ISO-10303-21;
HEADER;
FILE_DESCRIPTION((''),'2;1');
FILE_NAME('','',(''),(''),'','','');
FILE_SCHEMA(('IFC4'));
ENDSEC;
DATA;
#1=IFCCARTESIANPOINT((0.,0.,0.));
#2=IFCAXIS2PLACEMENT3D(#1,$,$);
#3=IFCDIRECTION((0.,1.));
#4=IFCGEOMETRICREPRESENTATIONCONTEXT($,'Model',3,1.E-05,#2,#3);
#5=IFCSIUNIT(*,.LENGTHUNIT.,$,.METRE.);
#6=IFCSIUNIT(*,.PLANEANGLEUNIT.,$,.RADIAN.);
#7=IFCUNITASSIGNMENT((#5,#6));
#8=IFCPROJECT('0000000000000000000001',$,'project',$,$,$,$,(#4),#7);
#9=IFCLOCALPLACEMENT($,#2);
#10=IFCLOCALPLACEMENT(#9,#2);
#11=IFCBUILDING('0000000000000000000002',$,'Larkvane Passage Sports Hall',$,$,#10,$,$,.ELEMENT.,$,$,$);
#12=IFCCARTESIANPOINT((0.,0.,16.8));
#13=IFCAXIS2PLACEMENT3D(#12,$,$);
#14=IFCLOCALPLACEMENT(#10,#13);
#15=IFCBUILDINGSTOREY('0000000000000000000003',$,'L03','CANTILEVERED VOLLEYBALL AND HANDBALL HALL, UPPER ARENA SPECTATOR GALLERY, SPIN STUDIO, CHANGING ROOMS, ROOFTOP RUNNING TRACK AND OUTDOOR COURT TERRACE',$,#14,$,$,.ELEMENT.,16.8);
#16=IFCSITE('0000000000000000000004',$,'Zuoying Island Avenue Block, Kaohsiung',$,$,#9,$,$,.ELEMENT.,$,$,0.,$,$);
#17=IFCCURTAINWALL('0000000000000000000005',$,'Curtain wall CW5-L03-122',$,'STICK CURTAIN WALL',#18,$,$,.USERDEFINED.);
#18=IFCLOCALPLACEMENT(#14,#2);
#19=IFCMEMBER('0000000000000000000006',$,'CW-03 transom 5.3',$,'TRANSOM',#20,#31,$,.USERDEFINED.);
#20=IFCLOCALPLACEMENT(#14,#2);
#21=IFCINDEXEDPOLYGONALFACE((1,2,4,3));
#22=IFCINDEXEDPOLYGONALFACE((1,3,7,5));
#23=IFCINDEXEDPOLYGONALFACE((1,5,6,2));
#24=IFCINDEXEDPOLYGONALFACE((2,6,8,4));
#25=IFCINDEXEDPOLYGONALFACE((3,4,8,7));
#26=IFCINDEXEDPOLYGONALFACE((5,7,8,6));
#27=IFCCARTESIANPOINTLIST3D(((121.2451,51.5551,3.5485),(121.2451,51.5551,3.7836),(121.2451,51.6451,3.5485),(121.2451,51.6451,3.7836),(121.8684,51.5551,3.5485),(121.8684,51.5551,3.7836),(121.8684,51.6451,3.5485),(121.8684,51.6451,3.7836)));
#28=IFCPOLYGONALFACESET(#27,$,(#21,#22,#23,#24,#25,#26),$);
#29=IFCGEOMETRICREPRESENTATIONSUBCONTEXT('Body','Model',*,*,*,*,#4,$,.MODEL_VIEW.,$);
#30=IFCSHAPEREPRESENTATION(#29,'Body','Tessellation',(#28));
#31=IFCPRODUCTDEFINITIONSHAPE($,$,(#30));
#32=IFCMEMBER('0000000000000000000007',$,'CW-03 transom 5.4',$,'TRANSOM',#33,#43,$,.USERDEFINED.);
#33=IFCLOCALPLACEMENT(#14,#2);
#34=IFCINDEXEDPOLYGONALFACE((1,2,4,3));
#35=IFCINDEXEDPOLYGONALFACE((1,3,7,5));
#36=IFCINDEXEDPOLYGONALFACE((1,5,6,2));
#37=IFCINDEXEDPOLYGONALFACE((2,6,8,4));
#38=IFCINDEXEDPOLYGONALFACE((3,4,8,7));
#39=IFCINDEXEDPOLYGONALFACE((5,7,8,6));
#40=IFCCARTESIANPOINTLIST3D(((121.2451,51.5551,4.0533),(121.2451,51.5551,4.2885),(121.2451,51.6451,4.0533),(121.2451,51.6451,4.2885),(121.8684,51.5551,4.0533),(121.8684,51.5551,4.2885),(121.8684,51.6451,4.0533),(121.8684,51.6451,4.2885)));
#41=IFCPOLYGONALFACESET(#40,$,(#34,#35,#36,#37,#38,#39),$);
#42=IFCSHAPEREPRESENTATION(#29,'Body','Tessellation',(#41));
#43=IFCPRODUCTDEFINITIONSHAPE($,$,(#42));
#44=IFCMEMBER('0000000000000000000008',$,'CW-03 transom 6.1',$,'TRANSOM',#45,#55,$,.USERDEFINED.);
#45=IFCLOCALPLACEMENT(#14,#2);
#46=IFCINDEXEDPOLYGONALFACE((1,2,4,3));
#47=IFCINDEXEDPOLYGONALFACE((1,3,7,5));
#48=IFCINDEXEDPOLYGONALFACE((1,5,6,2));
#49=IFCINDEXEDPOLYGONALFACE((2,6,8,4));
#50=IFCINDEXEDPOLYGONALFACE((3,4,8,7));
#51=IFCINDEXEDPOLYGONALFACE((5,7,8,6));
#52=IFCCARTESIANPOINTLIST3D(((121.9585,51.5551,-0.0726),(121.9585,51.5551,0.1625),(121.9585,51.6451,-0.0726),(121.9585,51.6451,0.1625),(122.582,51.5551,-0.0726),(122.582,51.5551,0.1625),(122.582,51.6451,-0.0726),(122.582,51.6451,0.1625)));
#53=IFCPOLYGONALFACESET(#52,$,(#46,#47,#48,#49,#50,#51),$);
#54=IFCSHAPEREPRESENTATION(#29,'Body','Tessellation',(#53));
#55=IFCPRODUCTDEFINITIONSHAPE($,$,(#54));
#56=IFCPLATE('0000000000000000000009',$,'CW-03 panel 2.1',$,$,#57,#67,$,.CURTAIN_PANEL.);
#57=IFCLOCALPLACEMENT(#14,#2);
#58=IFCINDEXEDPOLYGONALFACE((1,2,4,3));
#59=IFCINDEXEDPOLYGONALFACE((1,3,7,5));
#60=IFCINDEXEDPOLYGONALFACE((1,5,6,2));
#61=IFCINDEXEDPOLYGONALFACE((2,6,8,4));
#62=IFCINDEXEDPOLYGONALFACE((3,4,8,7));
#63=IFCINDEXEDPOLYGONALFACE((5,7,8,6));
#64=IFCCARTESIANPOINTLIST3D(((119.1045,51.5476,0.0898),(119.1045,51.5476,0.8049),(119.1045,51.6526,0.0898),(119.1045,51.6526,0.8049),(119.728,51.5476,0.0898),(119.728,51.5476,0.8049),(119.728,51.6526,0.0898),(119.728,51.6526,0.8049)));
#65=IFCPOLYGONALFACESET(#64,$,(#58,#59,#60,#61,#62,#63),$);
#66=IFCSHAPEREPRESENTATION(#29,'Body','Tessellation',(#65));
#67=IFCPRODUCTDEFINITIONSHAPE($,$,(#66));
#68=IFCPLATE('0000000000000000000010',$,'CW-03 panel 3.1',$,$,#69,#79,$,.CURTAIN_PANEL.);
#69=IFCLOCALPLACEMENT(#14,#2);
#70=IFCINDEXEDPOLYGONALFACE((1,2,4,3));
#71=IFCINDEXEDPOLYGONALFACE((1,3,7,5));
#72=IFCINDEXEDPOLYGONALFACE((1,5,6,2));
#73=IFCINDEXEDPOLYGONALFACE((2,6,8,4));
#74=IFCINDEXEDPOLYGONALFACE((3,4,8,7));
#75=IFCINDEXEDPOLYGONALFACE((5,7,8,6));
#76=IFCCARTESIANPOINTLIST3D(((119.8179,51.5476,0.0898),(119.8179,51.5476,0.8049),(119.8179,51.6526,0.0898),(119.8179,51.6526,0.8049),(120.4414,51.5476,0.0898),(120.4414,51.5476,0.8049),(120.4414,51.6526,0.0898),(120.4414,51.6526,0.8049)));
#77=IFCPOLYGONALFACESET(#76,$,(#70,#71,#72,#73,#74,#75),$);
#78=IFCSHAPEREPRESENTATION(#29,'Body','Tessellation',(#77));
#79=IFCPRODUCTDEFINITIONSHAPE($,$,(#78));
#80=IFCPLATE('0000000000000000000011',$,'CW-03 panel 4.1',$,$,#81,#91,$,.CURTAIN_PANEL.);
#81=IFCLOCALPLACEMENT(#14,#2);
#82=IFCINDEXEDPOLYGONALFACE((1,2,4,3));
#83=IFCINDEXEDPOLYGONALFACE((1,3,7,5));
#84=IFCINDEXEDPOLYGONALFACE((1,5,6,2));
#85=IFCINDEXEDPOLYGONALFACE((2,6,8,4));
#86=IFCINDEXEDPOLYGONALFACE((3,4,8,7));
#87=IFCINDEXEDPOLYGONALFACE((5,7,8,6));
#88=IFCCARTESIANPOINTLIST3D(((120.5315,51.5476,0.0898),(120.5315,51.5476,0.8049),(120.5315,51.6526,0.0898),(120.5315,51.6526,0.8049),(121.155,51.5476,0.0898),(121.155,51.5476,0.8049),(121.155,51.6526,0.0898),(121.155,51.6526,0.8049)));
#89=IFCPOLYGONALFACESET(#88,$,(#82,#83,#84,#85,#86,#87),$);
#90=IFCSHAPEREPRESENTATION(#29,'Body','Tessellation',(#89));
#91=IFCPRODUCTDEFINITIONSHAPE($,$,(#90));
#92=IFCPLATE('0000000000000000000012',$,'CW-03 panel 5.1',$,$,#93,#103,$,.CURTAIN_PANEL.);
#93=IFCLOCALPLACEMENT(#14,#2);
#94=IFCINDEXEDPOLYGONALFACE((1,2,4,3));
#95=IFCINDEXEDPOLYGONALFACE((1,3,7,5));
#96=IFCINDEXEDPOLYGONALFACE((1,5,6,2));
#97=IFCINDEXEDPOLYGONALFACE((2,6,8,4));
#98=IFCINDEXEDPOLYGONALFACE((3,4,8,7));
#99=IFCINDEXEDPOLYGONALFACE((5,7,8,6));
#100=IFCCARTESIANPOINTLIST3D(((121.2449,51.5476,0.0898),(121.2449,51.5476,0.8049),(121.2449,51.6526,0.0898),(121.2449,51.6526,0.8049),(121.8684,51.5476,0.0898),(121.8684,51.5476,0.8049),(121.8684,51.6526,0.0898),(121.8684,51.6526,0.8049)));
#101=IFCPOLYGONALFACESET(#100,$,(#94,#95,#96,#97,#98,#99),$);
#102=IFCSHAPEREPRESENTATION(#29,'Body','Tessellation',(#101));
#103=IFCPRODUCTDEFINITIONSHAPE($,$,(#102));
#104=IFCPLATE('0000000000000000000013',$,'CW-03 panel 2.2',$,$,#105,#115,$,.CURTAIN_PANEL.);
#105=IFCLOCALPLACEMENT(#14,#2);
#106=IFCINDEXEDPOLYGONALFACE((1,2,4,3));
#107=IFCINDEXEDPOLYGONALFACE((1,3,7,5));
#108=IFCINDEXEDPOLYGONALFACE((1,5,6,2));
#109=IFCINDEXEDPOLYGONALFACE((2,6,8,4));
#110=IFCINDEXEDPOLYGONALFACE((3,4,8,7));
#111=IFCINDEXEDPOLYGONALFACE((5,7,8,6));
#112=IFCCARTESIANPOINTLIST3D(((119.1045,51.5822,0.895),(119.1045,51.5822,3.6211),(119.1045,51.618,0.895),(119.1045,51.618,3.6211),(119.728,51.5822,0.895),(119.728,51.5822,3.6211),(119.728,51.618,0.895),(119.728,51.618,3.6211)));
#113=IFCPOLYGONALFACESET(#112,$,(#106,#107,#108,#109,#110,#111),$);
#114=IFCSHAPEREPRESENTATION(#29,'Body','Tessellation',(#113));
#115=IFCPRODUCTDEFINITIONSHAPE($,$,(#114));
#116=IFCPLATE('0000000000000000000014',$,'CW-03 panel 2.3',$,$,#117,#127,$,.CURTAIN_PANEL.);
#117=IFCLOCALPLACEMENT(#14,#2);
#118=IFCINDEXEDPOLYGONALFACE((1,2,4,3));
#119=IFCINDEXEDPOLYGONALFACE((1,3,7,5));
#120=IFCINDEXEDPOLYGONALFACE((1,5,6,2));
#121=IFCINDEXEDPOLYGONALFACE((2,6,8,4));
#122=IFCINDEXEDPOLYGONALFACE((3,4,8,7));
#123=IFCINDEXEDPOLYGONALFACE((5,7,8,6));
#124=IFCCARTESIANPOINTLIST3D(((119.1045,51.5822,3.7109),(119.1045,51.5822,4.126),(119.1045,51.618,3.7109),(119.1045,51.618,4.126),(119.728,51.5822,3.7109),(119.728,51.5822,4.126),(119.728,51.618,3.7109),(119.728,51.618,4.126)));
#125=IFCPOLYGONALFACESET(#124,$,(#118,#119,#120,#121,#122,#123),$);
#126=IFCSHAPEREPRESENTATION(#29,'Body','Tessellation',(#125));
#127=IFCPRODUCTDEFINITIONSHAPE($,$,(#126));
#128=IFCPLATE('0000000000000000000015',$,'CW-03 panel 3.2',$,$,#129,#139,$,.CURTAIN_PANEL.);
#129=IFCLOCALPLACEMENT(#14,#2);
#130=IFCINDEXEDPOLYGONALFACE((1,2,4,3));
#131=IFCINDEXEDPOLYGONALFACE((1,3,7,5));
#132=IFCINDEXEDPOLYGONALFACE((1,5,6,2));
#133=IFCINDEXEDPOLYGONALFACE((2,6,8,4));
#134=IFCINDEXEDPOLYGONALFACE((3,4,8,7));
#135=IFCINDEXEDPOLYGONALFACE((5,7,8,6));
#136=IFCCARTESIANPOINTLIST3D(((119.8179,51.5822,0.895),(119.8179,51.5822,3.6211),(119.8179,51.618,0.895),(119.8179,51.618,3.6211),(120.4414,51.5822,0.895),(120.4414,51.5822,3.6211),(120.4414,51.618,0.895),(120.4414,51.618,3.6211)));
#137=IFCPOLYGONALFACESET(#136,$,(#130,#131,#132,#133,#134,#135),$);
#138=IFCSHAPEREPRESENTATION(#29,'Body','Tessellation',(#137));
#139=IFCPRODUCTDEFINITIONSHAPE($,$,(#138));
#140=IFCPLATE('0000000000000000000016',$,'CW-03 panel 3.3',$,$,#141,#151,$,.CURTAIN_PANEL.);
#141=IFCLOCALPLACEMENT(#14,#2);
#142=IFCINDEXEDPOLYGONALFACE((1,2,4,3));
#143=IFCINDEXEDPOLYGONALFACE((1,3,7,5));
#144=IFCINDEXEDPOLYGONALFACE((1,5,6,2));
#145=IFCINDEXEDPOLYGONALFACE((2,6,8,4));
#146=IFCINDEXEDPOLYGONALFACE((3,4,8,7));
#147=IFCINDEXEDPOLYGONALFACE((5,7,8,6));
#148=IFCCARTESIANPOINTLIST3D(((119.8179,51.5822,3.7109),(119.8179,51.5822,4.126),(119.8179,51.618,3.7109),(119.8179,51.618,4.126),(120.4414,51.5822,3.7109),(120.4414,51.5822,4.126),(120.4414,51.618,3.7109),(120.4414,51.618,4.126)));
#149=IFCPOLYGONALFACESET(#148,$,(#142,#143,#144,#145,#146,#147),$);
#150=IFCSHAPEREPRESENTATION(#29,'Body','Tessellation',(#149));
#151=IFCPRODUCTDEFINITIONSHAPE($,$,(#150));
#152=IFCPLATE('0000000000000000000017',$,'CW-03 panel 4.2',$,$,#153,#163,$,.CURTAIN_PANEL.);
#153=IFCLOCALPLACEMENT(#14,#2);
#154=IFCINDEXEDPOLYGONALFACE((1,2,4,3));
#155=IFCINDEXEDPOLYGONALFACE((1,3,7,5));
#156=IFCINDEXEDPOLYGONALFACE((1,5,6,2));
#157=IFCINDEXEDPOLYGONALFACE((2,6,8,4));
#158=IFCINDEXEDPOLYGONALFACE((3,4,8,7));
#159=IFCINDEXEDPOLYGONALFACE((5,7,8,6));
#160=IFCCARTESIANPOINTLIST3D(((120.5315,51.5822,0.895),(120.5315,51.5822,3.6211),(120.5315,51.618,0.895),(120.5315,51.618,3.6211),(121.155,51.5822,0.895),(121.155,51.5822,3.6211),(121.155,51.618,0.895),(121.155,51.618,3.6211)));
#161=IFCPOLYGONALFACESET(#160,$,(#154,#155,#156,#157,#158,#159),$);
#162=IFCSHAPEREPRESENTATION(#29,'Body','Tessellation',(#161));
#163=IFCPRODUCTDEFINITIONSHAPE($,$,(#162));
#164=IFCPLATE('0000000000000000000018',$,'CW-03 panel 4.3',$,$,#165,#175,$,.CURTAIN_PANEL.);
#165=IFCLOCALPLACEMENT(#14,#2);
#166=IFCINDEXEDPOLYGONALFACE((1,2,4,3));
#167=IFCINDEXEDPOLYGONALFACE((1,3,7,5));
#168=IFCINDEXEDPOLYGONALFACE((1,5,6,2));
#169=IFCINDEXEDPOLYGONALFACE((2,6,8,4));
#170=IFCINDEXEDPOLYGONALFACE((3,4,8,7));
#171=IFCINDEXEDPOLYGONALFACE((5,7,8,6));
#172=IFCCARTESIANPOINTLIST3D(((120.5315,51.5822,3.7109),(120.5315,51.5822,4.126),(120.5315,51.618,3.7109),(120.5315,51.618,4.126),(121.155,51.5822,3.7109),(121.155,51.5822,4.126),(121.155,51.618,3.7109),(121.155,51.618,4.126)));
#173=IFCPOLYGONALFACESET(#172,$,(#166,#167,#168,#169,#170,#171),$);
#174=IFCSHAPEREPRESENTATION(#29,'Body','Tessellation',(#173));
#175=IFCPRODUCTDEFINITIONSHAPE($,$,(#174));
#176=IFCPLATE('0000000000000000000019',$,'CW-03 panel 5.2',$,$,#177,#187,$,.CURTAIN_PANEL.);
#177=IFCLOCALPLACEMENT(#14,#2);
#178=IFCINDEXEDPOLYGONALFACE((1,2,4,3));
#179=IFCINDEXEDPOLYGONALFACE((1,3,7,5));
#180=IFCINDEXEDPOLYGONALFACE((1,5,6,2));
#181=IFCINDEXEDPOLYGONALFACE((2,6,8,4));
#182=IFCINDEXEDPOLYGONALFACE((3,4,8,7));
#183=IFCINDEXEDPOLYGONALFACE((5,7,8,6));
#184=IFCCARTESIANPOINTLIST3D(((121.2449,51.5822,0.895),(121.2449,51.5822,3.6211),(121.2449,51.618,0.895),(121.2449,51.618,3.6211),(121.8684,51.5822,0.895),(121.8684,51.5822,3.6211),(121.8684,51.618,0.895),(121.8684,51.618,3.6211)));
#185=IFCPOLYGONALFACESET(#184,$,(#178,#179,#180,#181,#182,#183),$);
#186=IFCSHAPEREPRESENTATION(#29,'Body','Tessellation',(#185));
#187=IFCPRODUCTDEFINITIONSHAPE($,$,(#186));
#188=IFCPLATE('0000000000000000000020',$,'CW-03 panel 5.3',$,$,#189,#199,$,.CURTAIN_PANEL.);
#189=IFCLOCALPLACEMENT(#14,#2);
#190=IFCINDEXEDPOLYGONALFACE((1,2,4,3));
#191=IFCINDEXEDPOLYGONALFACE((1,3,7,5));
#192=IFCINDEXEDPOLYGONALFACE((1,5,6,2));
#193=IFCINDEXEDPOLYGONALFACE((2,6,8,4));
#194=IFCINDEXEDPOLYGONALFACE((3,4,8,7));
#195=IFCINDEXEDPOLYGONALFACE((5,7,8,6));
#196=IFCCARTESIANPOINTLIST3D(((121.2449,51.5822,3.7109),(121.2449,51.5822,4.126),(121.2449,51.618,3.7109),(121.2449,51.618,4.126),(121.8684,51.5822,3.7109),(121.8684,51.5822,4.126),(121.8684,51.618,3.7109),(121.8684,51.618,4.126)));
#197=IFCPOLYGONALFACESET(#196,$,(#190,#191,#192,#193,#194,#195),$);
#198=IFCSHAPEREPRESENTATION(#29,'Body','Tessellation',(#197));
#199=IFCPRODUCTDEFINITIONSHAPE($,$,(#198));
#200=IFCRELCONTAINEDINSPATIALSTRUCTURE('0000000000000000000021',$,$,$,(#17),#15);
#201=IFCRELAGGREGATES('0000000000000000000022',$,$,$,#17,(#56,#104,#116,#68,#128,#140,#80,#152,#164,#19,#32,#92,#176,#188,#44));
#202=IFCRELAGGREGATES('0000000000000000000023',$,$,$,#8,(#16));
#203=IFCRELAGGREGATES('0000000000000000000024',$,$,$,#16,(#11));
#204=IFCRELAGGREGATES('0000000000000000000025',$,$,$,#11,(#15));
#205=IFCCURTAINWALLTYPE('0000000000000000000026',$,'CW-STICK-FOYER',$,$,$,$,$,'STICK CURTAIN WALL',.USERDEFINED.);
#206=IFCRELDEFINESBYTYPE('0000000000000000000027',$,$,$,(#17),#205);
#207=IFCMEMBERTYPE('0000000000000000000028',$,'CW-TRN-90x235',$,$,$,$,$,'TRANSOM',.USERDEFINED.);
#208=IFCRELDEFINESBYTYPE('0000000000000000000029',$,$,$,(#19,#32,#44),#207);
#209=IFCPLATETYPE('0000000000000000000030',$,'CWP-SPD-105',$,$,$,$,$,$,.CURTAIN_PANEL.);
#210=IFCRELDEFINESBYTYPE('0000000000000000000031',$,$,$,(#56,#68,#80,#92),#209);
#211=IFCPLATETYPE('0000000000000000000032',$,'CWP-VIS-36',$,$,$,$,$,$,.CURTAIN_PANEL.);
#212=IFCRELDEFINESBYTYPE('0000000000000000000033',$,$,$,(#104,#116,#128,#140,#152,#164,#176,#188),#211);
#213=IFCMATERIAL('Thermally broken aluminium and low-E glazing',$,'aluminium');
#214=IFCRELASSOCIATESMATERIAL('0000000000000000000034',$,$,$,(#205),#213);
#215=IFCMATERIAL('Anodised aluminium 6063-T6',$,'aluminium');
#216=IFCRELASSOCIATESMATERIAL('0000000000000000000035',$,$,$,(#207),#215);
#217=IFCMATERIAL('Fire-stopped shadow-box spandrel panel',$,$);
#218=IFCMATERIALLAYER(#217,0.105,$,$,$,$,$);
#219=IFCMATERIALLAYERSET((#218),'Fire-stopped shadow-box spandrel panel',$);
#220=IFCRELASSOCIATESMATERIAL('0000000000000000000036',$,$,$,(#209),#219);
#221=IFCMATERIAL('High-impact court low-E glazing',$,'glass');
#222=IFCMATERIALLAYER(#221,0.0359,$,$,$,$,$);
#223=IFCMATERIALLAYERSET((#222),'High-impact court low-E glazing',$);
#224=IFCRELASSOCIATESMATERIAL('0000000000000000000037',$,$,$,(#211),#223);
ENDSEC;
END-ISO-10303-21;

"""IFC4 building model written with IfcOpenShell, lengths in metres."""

from ifc_helpers import new_model, si_unit, direction, frame, origin, origin_2d, place, context, subcontext, project, spatial, rectangle, extrude, material, layer, layer_set, material_profile, profile_set, type_object, element, aggregate, save


model = new_model("IFC4")

# Units and contexts
model_context = context("Model", 3, precision=1e-05, world=origin(), true_north=direction((0.0, 1.0)))
body_context = subcontext(model_context, "Body", "Model", "MODEL_VIEW")
ifc_project = project(units=[si_unit("LENGTHUNIT", "METRE"), si_unit("PLANEANGLEUNIT", "RADIAN")], contexts=[model_context])

# Site, building, storey
site_placement = place(None, origin())
site = spatial("IfcSite", under=ifc_project, at=site_placement, Name="Zuoying Island Avenue Block, Kaohsiung", CompositionType="ELEMENT", RefElevation=0.0)
building_placement = place(site_placement, origin())
building = spatial("IfcBuilding", under=site, at=building_placement, Name="Larkvane Passage Sports Hall", CompositionType="ELEMENT")
storey_placement = place(building_placement, frame((0.0, 0.0, 16.8)))
storey = spatial("IfcBuildingStorey", under=building, at=storey_placement, Name="L03", Description="CANTILEVERED VOLLEYBALL AND HANDBALL HALL, UPPER ARENA SPECTATOR GALLERY, SPIN STUDIO, CHANGING ROOMS, ROOFTOP RUNNING TRACK AND OUTDOOR COURT TERRACE", CompositionType="ELEMENT", Elevation=16.8)

# Curtain wall, members, plates
ifc_material_1 = material(Name="Thermally broken aluminium and low-E glazing", Category="aluminium")
curtain_wall_type = type_object("IfcCurtainWallType", Name="CW-STICK-FOYER", ElementType="STICK CURTAIN WALL", PredefinedType="USERDEFINED", material=ifc_material_1)
curtain_wall_placement = place(storey_placement, origin())
curtain_wall = element("IfcCurtainWall", 1, at=curtain_wall_placement, inside=storey, type_object=curtain_wall_type, Name="Curtain wall CW5-L03-122", ObjectType="STICK CURTAIN WALL", PredefinedType="USERDEFINED")
ifc_material_2 = material(Name="Anodised aluminium 6063-T6", Category="aluminium")
ifc_material_profile_1 = material_profile(ifc_material_2, rectangle(XDim=0.0901, YDim=0.2351, at=origin_2d()), Name="ALU-TRN-90x235")
ifc_profile_set_1 = profile_set([ifc_material_profile_1], Name="Anodised aluminium 6063-T6")
member_type_1 = type_object("IfcMemberType", Name="CW-TRN-90x235", ElementType="TRANSOM", PredefinedType="USERDEFINED", material=ifc_profile_set_1)
member_1_placement = place(storey_placement, frame((121.2451, 51.6001, 3.666), z_axis=(1.0, 0.0, 0.0), x_axis=(0.0, 1.0, 0.0)))
member_1 = element("IfcMember", 2, at=member_1_placement, type_object=member_type_1, Name="CW-03 transom 5.3", ObjectType="TRANSOM", PredefinedType="USERDEFINED", context=body_context, shape_type="SweptSolid", body=[
    extrude(rectangle(XDim=0.0901, YDim=0.2351, at=origin_2d()), origin(), (0.0, 0.0, 1.0), 0.6233),
])
member_2_placement = place(storey_placement, frame((121.2451, 51.6001, 4.1709), z_axis=(1.0, 0.0, 0.0), x_axis=(0.0, 1.0, 0.0)))
member_2 = element("IfcMember", 3, at=member_2_placement, type_object=member_type_1, Name="CW-03 transom 5.4", ObjectType="TRANSOM", PredefinedType="USERDEFINED", context=body_context, shape_type="SweptSolid", body=[
    extrude(rectangle(XDim=0.0901, YDim=0.2351, at=origin_2d()), origin(), (0.0, 0.0, 1.0), 0.6233),
])
member_3_placement = place(storey_placement, frame((121.9585, 51.6001, 0.0449), z_axis=(1.0, 0.0, 0.0), x_axis=(0.0, 1.0, 0.0)))
member_3 = element("IfcMember", 4, at=member_3_placement, type_object=member_type_1, Name="CW-03 transom 6.1", ObjectType="TRANSOM", PredefinedType="USERDEFINED", context=body_context, shape_type="SweptSolid", body=[
    extrude(rectangle(XDim=0.0901, YDim=0.2351, at=origin_2d()), origin(), (0.0, 0.0, 1.0), 0.6235),
])
ifc_material_3 = material(Name="Fire-stopped shadow-box spandrel panel")
ifc_layer_1 = layer(ifc_material_3, 0.105)
ifc_layer_set_1 = layer_set([ifc_layer_1], Name="Fire-stopped shadow-box spandrel panel")
plate_type_1 = type_object("IfcPlateType", Name="CWP-SPD-105", PredefinedType="CURTAIN_PANEL", material=ifc_layer_set_1)
plate_1_placement = place(storey_placement, frame((119.4163, 51.6001, 0.0898), z_axis=(0.0, 0.0, 1.0), x_axis=(1.0, 0.0, 0.0)))
plate_1 = element("IfcPlate", 5, at=plate_1_placement, type_object=plate_type_1, Name="CW-03 panel 2.1", PredefinedType="CURTAIN_PANEL", context=body_context, shape_type="SweptSolid", body=[
    extrude(rectangle(XDim=0.6235, YDim=0.105, at=origin_2d()), origin(), (0.0, 0.0, 1.0), 0.7151),
])
plate_2_placement = place(storey_placement, frame((120.1296, 51.6001, 0.0898), z_axis=(0.0, 0.0, 1.0), x_axis=(1.0, 0.0, 0.0)))
plate_2 = element("IfcPlate", 6, at=plate_2_placement, type_object=plate_type_1, Name="CW-03 panel 3.1", PredefinedType="CURTAIN_PANEL", context=body_context, shape_type="SweptSolid", body=[
    extrude(rectangle(XDim=0.6235, YDim=0.105, at=origin_2d()), origin(), (0.0, 0.0, 1.0), 0.7151),
])
plate_3_placement = place(storey_placement, frame((120.8433, 51.6001, 0.0898), z_axis=(0.0, 0.0, 1.0), x_axis=(1.0, 0.0, 0.0)))
plate_3 = element("IfcPlate", 7, at=plate_3_placement, type_object=plate_type_1, Name="CW-03 panel 4.1", PredefinedType="CURTAIN_PANEL", context=body_context, shape_type="SweptSolid", body=[
    extrude(rectangle(XDim=0.6235, YDim=0.105, at=origin_2d()), origin(), (0.0, 0.0, 1.0), 0.7151),
])
plate_4_placement = place(storey_placement, frame((121.5566, 51.6001, 0.0898), z_axis=(0.0, 0.0, 1.0), x_axis=(1.0, 0.0, 0.0)))
plate_4 = element("IfcPlate", 8, at=plate_4_placement, type_object=plate_type_1, Name="CW-03 panel 5.1", PredefinedType="CURTAIN_PANEL", context=body_context, shape_type="SweptSolid", body=[
    extrude(rectangle(XDim=0.6235, YDim=0.105, at=origin_2d()), origin(), (0.0, 0.0, 1.0), 0.7151),
])
ifc_material_4 = material(Name="High-impact court low-E glazing", Category="glass")
ifc_layer_2 = layer(ifc_material_4, 0.0359)
ifc_layer_set_2 = layer_set([ifc_layer_2], Name="High-impact court low-E glazing")
plate_type_2 = type_object("IfcPlateType", Name="CWP-VIS-36", PredefinedType="CURTAIN_PANEL", material=ifc_layer_set_2)
plate_5_placement = place(storey_placement, frame((119.4163, 51.6001, 0.895), z_axis=(0.0, 0.0, 1.0), x_axis=(1.0, 0.0, 0.0)))
plate_5 = element("IfcPlate", 9, at=plate_5_placement, type_object=plate_type_2, Name="CW-03 panel 2.2", PredefinedType="CURTAIN_PANEL", context=body_context, shape_type="SweptSolid", body=[
    extrude(rectangle(XDim=0.6235, YDim=0.0359, at=origin_2d()), origin(), (0.0, 0.0, 1.0), 2.7261),
])
plate_6_placement = place(storey_placement, frame((119.4163, 51.6001, 3.7109), z_axis=(0.0, 0.0, 1.0), x_axis=(1.0, 0.0, 0.0)))
plate_6 = element("IfcPlate", 10, at=plate_6_placement, type_object=plate_type_2, Name="CW-03 panel 2.3", PredefinedType="CURTAIN_PANEL", context=body_context, shape_type="SweptSolid", body=[
    extrude(rectangle(XDim=0.6235, YDim=0.0359, at=origin_2d()), origin(), (0.0, 0.0, 1.0), 0.415),
])
plate_7_placement = place(storey_placement, frame((120.1296, 51.6001, 0.895), z_axis=(0.0, 0.0, 1.0), x_axis=(1.0, 0.0, 0.0)))
plate_7 = element("IfcPlate", 11, at=plate_7_placement, type_object=plate_type_2, Name="CW-03 panel 3.2", PredefinedType="CURTAIN_PANEL", context=body_context, shape_type="SweptSolid", body=[
    extrude(rectangle(XDim=0.6235, YDim=0.0359, at=origin_2d()), origin(), (0.0, 0.0, 1.0), 2.7261),
])
plate_8_placement = place(storey_placement, frame((120.1296, 51.6001, 3.7109), z_axis=(0.0, 0.0, 1.0), x_axis=(1.0, 0.0, 0.0)))
plate_8 = element("IfcPlate", 12, at=plate_8_placement, type_object=plate_type_2, Name="CW-03 panel 3.3", PredefinedType="CURTAIN_PANEL", context=body_context, shape_type="SweptSolid", body=[
    extrude(rectangle(XDim=0.6235, YDim=0.0359, at=origin_2d()), origin(), (0.0, 0.0, 1.0), 0.415),
])
plate_9_placement = place(storey_placement, frame((120.8433, 51.6001, 0.895), z_axis=(0.0, 0.0, 1.0), x_axis=(1.0, 0.0, 0.0)))
plate_9 = element("IfcPlate", 13, at=plate_9_placement, type_object=plate_type_2, Name="CW-03 panel 4.2", PredefinedType="CURTAIN_PANEL", context=body_context, shape_type="SweptSolid", body=[
    extrude(rectangle(XDim=0.6235, YDim=0.0359, at=origin_2d()), origin(), (0.0, 0.0, 1.0), 2.7261),
])
plate_10_placement = place(storey_placement, frame((120.8433, 51.6001, 3.7109), z_axis=(0.0, 0.0, 1.0), x_axis=(1.0, 0.0, 0.0)))
plate_10 = element("IfcPlate", 14, at=plate_10_placement, type_object=plate_type_2, Name="CW-03 panel 4.3", PredefinedType="CURTAIN_PANEL", context=body_context, shape_type="SweptSolid", body=[
    extrude(rectangle(XDim=0.6235, YDim=0.0359, at=origin_2d()), origin(), (0.0, 0.0, 1.0), 0.415),
])
plate_11_placement = place(storey_placement, frame((121.5566, 51.6001, 0.895), z_axis=(0.0, 0.0, 1.0), x_axis=(1.0, 0.0, 0.0)))
plate_11 = element("IfcPlate", 15, at=plate_11_placement, type_object=plate_type_2, Name="CW-03 panel 5.2", PredefinedType="CURTAIN_PANEL", context=body_context, shape_type="SweptSolid", body=[
    extrude(rectangle(XDim=0.6235, YDim=0.0359, at=origin_2d()), origin(), (0.0, 0.0, 1.0), 2.7261),
])
plate_12_placement = place(storey_placement, frame((121.5566, 51.6001, 3.7109), z_axis=(0.0, 0.0, 1.0), x_axis=(1.0, 0.0, 0.0)))
plate_12 = element("IfcPlate", 16, at=plate_12_placement, type_object=plate_type_2, Name="CW-03 panel 5.3", PredefinedType="CURTAIN_PANEL", context=body_context, shape_type="SweptSolid", body=[
    extrude(rectangle(XDim=0.6235, YDim=0.0359, at=origin_2d()), origin(), (0.0, 0.0, 1.0), 0.415),
])
aggregate(curtain_wall, [plate_1, plate_5, plate_6, plate_2, plate_7, plate_8, plate_3, plate_9, plate_10, member_1, member_2, plate_4, plate_11, plate_12, member_3])

save(model, "model.ifc")
